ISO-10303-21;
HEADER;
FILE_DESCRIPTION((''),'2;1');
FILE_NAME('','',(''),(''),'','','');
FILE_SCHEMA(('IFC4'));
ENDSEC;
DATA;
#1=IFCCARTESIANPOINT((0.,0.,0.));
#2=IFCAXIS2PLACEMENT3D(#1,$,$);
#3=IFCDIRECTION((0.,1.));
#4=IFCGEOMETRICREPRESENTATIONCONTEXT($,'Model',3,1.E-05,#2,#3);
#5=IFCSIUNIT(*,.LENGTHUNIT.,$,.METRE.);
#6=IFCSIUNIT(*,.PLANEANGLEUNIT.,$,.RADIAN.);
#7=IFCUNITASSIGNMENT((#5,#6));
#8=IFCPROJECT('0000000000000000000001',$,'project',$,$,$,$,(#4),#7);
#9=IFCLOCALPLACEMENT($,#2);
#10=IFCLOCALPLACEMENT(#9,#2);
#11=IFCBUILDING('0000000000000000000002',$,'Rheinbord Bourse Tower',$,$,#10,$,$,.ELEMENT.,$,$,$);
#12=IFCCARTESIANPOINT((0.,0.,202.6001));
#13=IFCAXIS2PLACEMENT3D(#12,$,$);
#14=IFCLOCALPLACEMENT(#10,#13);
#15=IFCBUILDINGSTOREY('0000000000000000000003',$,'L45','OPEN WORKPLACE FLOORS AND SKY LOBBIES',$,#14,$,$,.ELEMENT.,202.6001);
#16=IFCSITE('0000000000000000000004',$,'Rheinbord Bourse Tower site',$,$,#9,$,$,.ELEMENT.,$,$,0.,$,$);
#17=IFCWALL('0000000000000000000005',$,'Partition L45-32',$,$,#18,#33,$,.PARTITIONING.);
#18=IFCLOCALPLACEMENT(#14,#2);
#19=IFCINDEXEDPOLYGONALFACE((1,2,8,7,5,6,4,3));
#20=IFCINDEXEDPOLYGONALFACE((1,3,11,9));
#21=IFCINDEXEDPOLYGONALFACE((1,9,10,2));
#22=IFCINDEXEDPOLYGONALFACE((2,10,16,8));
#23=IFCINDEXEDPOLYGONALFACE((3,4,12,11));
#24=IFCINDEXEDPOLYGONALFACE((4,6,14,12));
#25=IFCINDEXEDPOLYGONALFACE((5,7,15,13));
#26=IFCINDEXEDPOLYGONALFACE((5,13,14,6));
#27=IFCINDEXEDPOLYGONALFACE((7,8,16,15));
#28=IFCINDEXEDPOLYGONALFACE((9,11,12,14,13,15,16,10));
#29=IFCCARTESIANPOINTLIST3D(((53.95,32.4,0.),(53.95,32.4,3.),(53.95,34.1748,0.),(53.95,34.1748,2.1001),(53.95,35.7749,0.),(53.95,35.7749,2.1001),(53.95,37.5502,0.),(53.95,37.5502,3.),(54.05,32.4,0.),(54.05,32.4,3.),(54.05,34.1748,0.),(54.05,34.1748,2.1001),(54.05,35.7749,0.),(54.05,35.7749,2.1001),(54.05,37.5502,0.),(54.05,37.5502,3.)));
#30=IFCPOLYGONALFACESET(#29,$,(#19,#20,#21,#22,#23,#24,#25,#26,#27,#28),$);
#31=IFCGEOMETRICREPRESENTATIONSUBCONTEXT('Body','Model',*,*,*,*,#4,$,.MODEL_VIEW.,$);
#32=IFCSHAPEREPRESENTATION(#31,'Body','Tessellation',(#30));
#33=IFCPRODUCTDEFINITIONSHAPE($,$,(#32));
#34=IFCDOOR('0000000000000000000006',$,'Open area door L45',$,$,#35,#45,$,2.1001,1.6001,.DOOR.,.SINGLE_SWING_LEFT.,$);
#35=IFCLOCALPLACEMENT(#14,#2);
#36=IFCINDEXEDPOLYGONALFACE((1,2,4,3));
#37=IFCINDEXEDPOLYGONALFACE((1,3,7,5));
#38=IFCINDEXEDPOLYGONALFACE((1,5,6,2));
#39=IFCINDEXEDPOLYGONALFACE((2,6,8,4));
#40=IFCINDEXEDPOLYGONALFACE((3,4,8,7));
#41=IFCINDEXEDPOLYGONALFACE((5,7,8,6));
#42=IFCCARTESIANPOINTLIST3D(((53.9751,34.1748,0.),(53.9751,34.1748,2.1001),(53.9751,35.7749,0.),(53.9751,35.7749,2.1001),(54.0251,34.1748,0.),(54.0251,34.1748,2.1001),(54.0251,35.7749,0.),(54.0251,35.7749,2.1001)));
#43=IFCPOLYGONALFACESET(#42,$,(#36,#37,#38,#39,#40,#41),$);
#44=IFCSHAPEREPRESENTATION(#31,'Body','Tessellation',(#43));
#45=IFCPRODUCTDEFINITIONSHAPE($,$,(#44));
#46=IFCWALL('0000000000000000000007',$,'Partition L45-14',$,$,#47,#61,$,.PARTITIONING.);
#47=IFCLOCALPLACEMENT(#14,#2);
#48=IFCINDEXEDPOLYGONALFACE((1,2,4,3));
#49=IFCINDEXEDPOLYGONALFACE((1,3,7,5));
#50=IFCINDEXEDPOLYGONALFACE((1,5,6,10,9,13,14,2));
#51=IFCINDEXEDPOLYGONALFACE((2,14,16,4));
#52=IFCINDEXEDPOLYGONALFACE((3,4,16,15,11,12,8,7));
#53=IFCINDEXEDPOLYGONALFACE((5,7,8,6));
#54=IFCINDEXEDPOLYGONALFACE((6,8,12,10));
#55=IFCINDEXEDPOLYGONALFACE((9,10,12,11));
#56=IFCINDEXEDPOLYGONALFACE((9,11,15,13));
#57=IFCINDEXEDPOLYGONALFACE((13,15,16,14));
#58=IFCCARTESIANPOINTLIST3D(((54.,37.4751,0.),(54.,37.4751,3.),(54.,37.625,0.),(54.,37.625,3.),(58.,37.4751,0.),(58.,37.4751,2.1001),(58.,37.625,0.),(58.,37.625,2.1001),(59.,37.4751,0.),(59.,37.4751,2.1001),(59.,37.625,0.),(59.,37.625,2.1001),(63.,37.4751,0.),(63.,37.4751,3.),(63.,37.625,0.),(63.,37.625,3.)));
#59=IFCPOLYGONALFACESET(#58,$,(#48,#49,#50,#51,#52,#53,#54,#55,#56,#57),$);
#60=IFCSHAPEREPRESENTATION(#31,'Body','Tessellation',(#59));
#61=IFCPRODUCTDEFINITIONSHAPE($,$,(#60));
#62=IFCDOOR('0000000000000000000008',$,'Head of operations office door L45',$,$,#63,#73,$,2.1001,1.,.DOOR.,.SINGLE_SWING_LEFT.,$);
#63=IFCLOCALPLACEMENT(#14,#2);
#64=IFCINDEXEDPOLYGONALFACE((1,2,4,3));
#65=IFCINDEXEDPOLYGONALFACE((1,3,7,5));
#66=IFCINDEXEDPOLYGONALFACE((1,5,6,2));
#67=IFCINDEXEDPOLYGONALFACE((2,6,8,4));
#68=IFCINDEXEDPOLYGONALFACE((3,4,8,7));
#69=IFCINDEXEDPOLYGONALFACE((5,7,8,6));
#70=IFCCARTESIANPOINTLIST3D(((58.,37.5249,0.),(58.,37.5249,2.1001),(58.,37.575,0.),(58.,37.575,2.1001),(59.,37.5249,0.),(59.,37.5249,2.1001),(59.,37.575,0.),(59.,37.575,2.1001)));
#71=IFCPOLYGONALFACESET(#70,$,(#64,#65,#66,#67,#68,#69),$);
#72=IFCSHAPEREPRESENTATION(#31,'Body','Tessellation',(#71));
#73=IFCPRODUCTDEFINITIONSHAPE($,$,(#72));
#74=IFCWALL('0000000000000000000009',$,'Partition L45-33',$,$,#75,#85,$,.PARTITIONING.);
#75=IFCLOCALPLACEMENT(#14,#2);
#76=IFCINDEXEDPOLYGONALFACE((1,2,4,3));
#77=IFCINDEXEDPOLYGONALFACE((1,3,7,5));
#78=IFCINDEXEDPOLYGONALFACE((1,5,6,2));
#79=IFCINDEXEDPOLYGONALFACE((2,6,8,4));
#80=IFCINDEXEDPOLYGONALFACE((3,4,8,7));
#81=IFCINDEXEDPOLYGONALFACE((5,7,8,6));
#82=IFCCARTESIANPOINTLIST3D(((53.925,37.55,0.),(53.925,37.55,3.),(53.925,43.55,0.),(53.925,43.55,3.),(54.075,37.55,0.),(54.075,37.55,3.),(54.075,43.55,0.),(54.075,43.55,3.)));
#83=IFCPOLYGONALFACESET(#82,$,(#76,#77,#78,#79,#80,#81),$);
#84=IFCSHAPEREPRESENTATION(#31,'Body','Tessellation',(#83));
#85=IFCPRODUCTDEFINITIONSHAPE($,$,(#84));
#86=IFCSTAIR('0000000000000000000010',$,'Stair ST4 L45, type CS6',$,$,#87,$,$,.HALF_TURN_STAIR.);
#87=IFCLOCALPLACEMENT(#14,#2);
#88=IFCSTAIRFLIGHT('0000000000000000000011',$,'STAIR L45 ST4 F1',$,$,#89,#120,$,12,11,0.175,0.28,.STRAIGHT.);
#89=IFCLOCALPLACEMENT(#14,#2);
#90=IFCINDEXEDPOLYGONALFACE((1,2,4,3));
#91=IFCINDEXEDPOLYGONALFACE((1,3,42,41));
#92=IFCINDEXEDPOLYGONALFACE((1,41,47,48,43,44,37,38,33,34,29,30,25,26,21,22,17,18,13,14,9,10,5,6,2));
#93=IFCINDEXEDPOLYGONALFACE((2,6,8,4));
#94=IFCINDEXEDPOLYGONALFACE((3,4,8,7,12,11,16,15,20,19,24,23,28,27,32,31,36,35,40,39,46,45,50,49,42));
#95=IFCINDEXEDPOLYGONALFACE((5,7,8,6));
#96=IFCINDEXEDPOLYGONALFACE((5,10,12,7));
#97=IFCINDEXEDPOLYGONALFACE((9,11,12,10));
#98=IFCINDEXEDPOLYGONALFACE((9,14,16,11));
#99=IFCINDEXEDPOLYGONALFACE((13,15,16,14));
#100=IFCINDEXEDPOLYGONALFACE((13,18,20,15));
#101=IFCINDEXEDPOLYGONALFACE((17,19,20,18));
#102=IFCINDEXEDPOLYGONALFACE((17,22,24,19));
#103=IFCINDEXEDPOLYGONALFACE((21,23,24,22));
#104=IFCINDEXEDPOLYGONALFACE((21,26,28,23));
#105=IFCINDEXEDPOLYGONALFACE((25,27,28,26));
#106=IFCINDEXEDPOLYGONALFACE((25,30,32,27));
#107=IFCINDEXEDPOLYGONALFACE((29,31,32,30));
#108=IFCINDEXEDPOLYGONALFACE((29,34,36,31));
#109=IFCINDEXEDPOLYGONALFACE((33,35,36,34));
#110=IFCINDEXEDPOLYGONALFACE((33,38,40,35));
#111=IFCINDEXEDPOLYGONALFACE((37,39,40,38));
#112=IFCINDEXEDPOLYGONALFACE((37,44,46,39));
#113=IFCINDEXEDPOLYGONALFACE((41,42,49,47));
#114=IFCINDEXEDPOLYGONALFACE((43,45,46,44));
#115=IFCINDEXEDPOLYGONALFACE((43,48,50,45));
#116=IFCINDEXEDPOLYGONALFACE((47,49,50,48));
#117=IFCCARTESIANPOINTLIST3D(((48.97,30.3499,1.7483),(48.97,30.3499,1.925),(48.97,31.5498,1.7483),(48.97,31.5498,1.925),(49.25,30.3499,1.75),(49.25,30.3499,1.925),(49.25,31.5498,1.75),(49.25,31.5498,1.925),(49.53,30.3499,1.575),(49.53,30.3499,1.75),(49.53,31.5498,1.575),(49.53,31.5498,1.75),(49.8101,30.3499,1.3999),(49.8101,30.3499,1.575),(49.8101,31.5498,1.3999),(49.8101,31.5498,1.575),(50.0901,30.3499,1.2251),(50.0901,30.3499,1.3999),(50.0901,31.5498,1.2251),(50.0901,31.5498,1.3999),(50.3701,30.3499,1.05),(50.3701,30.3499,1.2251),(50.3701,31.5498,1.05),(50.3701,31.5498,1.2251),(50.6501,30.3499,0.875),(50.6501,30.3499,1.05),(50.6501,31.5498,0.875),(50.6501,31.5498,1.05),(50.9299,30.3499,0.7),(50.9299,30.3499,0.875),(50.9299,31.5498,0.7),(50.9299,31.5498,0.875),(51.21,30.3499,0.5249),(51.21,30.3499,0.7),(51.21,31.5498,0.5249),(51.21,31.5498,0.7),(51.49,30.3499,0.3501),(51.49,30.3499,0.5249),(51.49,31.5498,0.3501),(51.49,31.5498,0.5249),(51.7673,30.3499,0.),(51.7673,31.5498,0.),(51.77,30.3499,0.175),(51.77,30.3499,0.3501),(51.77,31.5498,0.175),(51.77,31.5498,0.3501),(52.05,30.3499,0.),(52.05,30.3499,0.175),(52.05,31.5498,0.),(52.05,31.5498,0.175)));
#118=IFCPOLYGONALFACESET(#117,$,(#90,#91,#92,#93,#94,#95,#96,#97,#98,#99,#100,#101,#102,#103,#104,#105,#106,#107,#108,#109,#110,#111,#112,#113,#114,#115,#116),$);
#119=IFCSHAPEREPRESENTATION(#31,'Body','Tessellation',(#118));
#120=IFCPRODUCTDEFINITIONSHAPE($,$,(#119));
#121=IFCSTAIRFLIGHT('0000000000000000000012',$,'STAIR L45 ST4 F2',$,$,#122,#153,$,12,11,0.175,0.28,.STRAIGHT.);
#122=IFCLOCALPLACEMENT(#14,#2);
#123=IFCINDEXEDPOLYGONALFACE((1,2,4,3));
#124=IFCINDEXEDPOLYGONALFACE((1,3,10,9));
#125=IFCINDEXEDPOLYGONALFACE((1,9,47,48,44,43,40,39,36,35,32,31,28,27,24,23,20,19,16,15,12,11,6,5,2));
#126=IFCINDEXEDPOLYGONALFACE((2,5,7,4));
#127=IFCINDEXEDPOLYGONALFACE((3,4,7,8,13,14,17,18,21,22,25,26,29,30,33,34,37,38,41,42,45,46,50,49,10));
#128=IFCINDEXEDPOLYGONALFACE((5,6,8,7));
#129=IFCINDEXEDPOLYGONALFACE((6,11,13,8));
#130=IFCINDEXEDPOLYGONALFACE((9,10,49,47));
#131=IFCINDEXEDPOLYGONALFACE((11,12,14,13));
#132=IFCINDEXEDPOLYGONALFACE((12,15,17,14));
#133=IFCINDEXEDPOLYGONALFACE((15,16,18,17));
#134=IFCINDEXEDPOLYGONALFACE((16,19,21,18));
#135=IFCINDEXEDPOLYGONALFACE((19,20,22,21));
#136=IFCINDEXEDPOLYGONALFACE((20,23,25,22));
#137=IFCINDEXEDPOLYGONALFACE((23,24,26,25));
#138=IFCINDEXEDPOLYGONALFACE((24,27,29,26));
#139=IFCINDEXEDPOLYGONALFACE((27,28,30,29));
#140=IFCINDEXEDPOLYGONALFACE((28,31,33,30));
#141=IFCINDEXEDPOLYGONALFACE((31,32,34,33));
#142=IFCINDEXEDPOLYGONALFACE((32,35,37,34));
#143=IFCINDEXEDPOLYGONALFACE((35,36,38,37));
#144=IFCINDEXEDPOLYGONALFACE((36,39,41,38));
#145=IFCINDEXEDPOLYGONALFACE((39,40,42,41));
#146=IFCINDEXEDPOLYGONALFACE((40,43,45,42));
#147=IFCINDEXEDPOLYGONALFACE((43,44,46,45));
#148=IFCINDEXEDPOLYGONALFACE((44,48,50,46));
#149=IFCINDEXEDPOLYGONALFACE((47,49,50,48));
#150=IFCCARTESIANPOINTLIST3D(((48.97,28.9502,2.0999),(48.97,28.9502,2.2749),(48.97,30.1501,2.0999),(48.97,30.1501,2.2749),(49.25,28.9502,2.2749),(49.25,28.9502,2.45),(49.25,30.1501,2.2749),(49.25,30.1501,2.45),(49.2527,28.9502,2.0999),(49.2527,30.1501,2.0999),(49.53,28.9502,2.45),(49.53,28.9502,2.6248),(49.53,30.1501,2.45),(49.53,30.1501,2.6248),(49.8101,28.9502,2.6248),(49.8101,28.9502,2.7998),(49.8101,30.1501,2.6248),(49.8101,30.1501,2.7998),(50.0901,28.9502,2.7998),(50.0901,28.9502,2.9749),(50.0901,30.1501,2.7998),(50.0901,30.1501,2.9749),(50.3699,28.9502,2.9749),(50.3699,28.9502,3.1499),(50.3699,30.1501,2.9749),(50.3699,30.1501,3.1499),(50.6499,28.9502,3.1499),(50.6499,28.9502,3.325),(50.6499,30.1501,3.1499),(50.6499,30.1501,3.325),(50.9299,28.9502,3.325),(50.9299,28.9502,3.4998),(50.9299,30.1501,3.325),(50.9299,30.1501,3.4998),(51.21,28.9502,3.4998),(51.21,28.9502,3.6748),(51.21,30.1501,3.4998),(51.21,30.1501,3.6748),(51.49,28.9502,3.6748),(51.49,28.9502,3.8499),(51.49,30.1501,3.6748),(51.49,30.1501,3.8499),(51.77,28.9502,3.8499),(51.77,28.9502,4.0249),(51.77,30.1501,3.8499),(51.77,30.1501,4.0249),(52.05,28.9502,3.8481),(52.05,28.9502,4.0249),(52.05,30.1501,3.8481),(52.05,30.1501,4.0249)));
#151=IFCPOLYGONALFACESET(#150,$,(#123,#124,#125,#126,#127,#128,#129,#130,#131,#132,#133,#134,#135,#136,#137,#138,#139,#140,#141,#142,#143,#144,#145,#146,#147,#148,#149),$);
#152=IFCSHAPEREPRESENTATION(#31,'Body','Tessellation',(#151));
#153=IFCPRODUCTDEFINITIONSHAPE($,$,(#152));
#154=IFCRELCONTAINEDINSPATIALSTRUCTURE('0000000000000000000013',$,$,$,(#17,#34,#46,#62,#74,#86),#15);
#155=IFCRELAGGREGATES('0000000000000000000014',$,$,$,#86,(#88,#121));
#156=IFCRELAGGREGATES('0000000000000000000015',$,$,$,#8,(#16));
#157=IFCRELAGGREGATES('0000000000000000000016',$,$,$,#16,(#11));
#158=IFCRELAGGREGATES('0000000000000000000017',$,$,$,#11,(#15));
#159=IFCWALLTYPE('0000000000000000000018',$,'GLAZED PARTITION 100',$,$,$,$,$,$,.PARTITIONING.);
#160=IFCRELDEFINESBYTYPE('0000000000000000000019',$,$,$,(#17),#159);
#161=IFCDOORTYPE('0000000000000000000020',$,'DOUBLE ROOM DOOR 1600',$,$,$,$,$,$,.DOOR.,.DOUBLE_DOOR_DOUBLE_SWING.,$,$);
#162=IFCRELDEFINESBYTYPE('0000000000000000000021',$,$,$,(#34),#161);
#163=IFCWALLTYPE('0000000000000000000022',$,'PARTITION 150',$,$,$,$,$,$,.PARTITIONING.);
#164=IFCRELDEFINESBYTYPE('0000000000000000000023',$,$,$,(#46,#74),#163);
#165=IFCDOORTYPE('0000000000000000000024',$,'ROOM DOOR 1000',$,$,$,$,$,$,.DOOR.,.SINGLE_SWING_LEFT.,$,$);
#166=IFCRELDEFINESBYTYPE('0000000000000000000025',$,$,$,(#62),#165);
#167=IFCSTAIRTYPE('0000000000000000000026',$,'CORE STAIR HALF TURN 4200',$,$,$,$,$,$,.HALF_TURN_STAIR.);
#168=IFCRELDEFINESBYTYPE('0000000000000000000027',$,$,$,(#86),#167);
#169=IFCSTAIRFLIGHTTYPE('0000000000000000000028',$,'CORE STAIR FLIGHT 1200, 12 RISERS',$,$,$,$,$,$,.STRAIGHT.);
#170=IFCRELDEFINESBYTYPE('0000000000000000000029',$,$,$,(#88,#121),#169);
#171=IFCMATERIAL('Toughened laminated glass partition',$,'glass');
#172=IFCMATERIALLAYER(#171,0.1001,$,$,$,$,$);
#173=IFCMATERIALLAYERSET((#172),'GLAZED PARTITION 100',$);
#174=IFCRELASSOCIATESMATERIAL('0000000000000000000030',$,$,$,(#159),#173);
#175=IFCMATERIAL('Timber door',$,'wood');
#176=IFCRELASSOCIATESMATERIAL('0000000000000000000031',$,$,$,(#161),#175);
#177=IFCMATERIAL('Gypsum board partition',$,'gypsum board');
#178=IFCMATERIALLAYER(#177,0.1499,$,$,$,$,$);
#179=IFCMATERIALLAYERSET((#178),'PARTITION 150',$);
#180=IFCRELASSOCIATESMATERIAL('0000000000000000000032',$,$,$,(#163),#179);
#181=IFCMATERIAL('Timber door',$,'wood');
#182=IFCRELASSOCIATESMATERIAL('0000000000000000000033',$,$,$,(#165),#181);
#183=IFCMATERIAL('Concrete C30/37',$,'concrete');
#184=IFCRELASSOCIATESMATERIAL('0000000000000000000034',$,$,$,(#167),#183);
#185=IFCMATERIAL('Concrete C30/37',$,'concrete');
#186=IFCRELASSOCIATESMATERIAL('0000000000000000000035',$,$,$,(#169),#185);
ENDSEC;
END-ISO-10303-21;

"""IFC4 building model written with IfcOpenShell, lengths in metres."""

from ifc_helpers import new_model, si_unit, direction, frame, frame_2d, origin, place, context, subcontext, project, spatial, polyline, rectangle, outline, extrude, material, layer, layer_set, type_object, element, fill, aggregate, save


model = new_model("IFC4")

# Units and contexts
model_context = context("Model", 3, precision=1e-05, world=origin(), true_north=direction((0.0, 1.0)))
body_context = subcontext(model_context, "Body", "Model", "MODEL_VIEW")
ifc_project = project(units=[si_unit("LENGTHUNIT", "METRE"), si_unit("PLANEANGLEUNIT", "RADIAN")], contexts=[model_context])

# Site, building, storey
site_placement = place(None, origin())
site = spatial("IfcSite", under=ifc_project, at=site_placement, Name="Rheinbord Bourse Tower site", CompositionType="ELEMENT", RefElevation=0.0)
building_placement = place(site_placement, origin())
building = spatial("IfcBuilding", under=site, at=building_placement, Name="Rheinbord Bourse Tower", CompositionType="ELEMENT")
storey_placement = place(building_placement, frame((0.0, 0.0, 202.6001)))
storey = spatial("IfcBuildingStorey", under=building, at=storey_placement, Name="L45", Description="OPEN WORKPLACE FLOORS AND SKY LOBBIES", CompositionType="ELEMENT", Elevation=202.6001)

# Walls, openings, doors
ifc_material_1 = material(Name="Toughened laminated glass partition", Category="glass")
ifc_layer_1 = layer(ifc_material_1, 0.1001)
ifc_layer_set_1 = layer_set([ifc_layer_1], Name="GLAZED PARTITION 100")
wall_type_1 = type_object("IfcWallType", Name="GLAZED PARTITION 100", PredefinedType="PARTITIONING", material=ifc_layer_set_1)
wall_1_placement = place(storey_placement, frame((54.0, 32.3999, 0.0), z_axis=(0.0, 0.0, 1.0), x_axis=(0.0, 1.0, 0.0)))
wall_1 = element("IfcWall", 1, at=wall_1_placement, inside=storey, type_object=wall_type_1, Name="Partition L45-32", PredefinedType="PARTITIONING", context=body_context, shape_type="SweptSolid", body=[
    extrude(rectangle(XDim=5.1501, YDim=0.1001, at=frame_2d((2.5752, 0.0))), origin(), (0.0, 0.0, 1.0), 3.0),
])
opening_1_placement = place(wall_1_placement, frame((1.7749, 0.0, 0.0)))
opening_1 = element("IfcOpeningElement", 2, at=opening_1_placement, cuts=wall_1, PredefinedType="OPENING", context=body_context, shape_type="SweptSolid", body=[
    extrude(rectangle(XDim=1.6001, YDim=2.1001, at=frame_2d((0.8, 1.05))), frame((0.0, 0.0601, 0.0), z_axis=(0.0, -1.0, 0.0), x_axis=(1.0, 0.0, 0.0)), (0.0, 0.0, 1.0), 0.1201),
])
ifc_material_2 = material(Name="Timber door", Category="wood")
door_type_1 = type_object("IfcDoorType", Name="DOUBLE ROOM DOOR 1600", OperationType="DOUBLE_DOOR_DOUBLE_SWING", PredefinedType="DOOR", material=ifc_material_2)
door_1_placement = place(opening_1_placement, origin())
door_1 = element("IfcDoor", 3, at=door_1_placement, inside=storey, type_object=door_type_1, Name="Open area door L45", OperationType="SINGLE_SWING_LEFT", OverallHeight=2.1001, OverallWidth=1.6001, PredefinedType="DOOR", context=body_context, shape_type="SweptSolid", body=[
    extrude(rectangle(XDim=1.6001, YDim=2.1001, at=frame_2d((0.8, 1.05))), frame((0.0, 0.0249, 0.0), z_axis=(0.0, -1.0, 0.0), x_axis=(1.0, 0.0, 0.0)), (0.0, 0.0, 1.0), 0.05),
])
fill(opening_1, door_1)
ifc_material_3 = material(Name="Gypsum board partition", Category="gypsum board")
ifc_layer_2 = layer(ifc_material_3, 0.1499)
ifc_layer_set_2 = layer_set([ifc_layer_2], Name="PARTITION 150")
wall_type_2 = type_object("IfcWallType", Name="PARTITION 150", PredefinedType="PARTITIONING", material=ifc_layer_set_2)
wall_2_placement = place(storey_placement, frame((54.0, 37.55, 0.0), z_axis=(0.0, 0.0, 1.0), x_axis=(1.0, 0.0, 0.0)))
wall_2 = element("IfcWall", 4, at=wall_2_placement, inside=storey, type_object=wall_type_2, Name="Partition L45-14", PredefinedType="PARTITIONING", context=body_context, shape_type="SweptSolid", body=[
    extrude(rectangle(XDim=9.0, YDim=0.1499, at=frame_2d((4.5, 0.0))), origin(), (0.0, 0.0, 1.0), 3.0),
])
opening_2_placement = place(wall_2_placement, frame((4.0, 0.0, 0.0)))
opening_2 = element("IfcOpeningElement", 5, at=opening_2_placement, cuts=wall_2, PredefinedType="OPENING", context=body_context, shape_type="SweptSolid", body=[
    extrude(rectangle(XDim=1.0, YDim=2.1001, at=frame_2d((0.5, 1.05))), frame((0.0, 0.085, 0.0), z_axis=(0.0, -1.0, 0.0), x_axis=(1.0, 0.0, 0.0)), (0.0, 0.0, 1.0), 0.1699),
])
ifc_material_4 = material(Name="Timber door", Category="wood")
door_type_2 = type_object("IfcDoorType", Name="ROOM DOOR 1000", OperationType="SINGLE_SWING_LEFT", PredefinedType="DOOR", material=ifc_material_4)
door_2_placement = place(opening_2_placement, origin())
door_2 = element("IfcDoor", 6, at=door_2_placement, inside=storey, type_object=door_type_2, Name="Head of operations office door L45", OperationType="SINGLE_SWING_LEFT", OverallHeight=2.1001, OverallWidth=1.0, PredefinedType="DOOR", context=body_context, shape_type="SweptSolid", body=[
    extrude(rectangle(XDim=1.0, YDim=2.1001, at=frame_2d((0.5, 1.05))), frame((0.0, 0.0249, 0.0), z_axis=(0.0, -1.0, 0.0), x_axis=(1.0, 0.0, 0.0)), (0.0, 0.0, 1.0), 0.05),
])
fill(opening_2, door_2)

# Wall
wall_3_placement = place(storey_placement, frame((54.0, 37.55, 0.0), z_axis=(0.0, 0.0, 1.0), x_axis=(0.0, 1.0, 0.0)))
element("IfcWall", 7, at=wall_3_placement, inside=storey, type_object=wall_type_2, Name="Partition L45-33", PredefinedType="PARTITIONING", context=body_context, shape_type="SweptSolid", body=[
    extrude(rectangle(XDim=6.0, YDim=0.1499, at=frame_2d((3.0, 0.0))), origin(), (0.0, 0.0, 1.0), 3.0),
])

# Stair, stair flights
ifc_material_5 = material(Name="Concrete C30/37", Category="concrete")
stair_type = type_object("IfcStairType", Name="CORE STAIR HALF TURN 4200", PredefinedType="HALF_TURN_STAIR", material=ifc_material_5)
stair_placement = place(storey_placement, origin())
stair = element("IfcStair", 8, at=stair_placement, inside=storey, type_object=stair_type, Name="Stair ST4 L45, type CS6", PredefinedType="HALF_TURN_STAIR")
ifc_material_6 = material(Name="Concrete C30/37", Category="concrete")
stair_flight_type = type_object("IfcStairFlightType", Name="CORE STAIR FLIGHT 1200, 12 RISERS", PredefinedType="STRAIGHT", material=ifc_material_6)
stair_flight_1_placement = place(storey_placement, frame((52.05, 30.95, 0.0), z_axis=(0.0, 0.0, 1.0), x_axis=(-1.0, 0.0, 0.0)))
stair_flight_1 = element("IfcStairFlight", 9, at=stair_flight_1_placement, type_object=stair_flight_type, Name="STAIR L45 ST4 F1", NumberOfRisers=12, NumberOfTreads=11, PredefinedType="STRAIGHT", RiserHeight=0.175, TreadLength=0.28, context=body_context, shape_type="SweptSolid", body=[
    extrude(outline(polyline([(0.0, 0.0), (0.0, 0.175), (0.28, 0.175), (0.28, 0.3501), (0.5601, 0.3501), (0.5601, 0.5249), (0.8401, 0.5249), (0.8401, 0.7), (1.1201, 0.7), (1.1201, 0.875), (1.3999, 0.875), (1.3999, 1.05), (1.6799, 1.05), (1.6799, 1.2251), (1.96, 1.2251), (1.96, 1.3999), (2.24, 1.3999), (2.24, 1.575), (2.52, 1.575), (2.52, 1.75), (2.8, 1.75), (2.8, 1.925), (3.0801, 1.925), (3.0801, 2.1001), (3.0801, 1.7483), (0.2827, 0.0), (0.0, 0.0)])), frame((0.0, 0.6001, 0.0), z_axis=(0.0, -1.0, 0.0), x_axis=(1.0, 0.0, 0.0)), (0.0, 0.0, 1.0), 1.2),
])
stair_flight_2_placement = place(storey_placement, frame((48.97, 29.55, 2.0999), z_axis=(0.0, 0.0, 1.0), x_axis=(1.0, 0.0, 0.0)))
stair_flight_2 = element("IfcStairFlight", 10, at=stair_flight_2_placement, type_object=stair_flight_type, Name="STAIR L45 ST4 F2", NumberOfRisers=12, NumberOfTreads=11, PredefinedType="STRAIGHT", RiserHeight=0.175, TreadLength=0.28, context=body_context, shape_type="SweptSolid", body=[
    extrude(outline(polyline([(0.0, 0.0), (0.0, 0.175), (0.28, 0.175), (0.28, 0.3501), (0.5601, 0.3501), (0.5601, 0.5249), (0.8401, 0.5249), (0.8401, 0.7), (1.1201, 0.7), (1.1201, 0.875), (1.3999, 0.875), (1.3999, 1.05), (1.6799, 1.05), (1.6799, 1.2251), (1.96, 1.2251), (1.96, 1.3999), (2.24, 1.3999), (2.24, 1.575), (2.52, 1.575), (2.52, 1.75), (2.8, 1.75), (2.8, 1.925), (3.0801, 1.925), (3.0801, 2.1001), (3.0801, 1.7483), (0.2827, 0.0), (0.0, 0.0)])), frame((0.0, 0.6001, 0.0), z_axis=(0.0, -1.0, 0.0), x_axis=(1.0, 0.0, 0.0)), (0.0, 0.0, 1.0), 1.2),
])
aggregate(stair, [stair_flight_1, stair_flight_2])

save(model, "model.ifc")
